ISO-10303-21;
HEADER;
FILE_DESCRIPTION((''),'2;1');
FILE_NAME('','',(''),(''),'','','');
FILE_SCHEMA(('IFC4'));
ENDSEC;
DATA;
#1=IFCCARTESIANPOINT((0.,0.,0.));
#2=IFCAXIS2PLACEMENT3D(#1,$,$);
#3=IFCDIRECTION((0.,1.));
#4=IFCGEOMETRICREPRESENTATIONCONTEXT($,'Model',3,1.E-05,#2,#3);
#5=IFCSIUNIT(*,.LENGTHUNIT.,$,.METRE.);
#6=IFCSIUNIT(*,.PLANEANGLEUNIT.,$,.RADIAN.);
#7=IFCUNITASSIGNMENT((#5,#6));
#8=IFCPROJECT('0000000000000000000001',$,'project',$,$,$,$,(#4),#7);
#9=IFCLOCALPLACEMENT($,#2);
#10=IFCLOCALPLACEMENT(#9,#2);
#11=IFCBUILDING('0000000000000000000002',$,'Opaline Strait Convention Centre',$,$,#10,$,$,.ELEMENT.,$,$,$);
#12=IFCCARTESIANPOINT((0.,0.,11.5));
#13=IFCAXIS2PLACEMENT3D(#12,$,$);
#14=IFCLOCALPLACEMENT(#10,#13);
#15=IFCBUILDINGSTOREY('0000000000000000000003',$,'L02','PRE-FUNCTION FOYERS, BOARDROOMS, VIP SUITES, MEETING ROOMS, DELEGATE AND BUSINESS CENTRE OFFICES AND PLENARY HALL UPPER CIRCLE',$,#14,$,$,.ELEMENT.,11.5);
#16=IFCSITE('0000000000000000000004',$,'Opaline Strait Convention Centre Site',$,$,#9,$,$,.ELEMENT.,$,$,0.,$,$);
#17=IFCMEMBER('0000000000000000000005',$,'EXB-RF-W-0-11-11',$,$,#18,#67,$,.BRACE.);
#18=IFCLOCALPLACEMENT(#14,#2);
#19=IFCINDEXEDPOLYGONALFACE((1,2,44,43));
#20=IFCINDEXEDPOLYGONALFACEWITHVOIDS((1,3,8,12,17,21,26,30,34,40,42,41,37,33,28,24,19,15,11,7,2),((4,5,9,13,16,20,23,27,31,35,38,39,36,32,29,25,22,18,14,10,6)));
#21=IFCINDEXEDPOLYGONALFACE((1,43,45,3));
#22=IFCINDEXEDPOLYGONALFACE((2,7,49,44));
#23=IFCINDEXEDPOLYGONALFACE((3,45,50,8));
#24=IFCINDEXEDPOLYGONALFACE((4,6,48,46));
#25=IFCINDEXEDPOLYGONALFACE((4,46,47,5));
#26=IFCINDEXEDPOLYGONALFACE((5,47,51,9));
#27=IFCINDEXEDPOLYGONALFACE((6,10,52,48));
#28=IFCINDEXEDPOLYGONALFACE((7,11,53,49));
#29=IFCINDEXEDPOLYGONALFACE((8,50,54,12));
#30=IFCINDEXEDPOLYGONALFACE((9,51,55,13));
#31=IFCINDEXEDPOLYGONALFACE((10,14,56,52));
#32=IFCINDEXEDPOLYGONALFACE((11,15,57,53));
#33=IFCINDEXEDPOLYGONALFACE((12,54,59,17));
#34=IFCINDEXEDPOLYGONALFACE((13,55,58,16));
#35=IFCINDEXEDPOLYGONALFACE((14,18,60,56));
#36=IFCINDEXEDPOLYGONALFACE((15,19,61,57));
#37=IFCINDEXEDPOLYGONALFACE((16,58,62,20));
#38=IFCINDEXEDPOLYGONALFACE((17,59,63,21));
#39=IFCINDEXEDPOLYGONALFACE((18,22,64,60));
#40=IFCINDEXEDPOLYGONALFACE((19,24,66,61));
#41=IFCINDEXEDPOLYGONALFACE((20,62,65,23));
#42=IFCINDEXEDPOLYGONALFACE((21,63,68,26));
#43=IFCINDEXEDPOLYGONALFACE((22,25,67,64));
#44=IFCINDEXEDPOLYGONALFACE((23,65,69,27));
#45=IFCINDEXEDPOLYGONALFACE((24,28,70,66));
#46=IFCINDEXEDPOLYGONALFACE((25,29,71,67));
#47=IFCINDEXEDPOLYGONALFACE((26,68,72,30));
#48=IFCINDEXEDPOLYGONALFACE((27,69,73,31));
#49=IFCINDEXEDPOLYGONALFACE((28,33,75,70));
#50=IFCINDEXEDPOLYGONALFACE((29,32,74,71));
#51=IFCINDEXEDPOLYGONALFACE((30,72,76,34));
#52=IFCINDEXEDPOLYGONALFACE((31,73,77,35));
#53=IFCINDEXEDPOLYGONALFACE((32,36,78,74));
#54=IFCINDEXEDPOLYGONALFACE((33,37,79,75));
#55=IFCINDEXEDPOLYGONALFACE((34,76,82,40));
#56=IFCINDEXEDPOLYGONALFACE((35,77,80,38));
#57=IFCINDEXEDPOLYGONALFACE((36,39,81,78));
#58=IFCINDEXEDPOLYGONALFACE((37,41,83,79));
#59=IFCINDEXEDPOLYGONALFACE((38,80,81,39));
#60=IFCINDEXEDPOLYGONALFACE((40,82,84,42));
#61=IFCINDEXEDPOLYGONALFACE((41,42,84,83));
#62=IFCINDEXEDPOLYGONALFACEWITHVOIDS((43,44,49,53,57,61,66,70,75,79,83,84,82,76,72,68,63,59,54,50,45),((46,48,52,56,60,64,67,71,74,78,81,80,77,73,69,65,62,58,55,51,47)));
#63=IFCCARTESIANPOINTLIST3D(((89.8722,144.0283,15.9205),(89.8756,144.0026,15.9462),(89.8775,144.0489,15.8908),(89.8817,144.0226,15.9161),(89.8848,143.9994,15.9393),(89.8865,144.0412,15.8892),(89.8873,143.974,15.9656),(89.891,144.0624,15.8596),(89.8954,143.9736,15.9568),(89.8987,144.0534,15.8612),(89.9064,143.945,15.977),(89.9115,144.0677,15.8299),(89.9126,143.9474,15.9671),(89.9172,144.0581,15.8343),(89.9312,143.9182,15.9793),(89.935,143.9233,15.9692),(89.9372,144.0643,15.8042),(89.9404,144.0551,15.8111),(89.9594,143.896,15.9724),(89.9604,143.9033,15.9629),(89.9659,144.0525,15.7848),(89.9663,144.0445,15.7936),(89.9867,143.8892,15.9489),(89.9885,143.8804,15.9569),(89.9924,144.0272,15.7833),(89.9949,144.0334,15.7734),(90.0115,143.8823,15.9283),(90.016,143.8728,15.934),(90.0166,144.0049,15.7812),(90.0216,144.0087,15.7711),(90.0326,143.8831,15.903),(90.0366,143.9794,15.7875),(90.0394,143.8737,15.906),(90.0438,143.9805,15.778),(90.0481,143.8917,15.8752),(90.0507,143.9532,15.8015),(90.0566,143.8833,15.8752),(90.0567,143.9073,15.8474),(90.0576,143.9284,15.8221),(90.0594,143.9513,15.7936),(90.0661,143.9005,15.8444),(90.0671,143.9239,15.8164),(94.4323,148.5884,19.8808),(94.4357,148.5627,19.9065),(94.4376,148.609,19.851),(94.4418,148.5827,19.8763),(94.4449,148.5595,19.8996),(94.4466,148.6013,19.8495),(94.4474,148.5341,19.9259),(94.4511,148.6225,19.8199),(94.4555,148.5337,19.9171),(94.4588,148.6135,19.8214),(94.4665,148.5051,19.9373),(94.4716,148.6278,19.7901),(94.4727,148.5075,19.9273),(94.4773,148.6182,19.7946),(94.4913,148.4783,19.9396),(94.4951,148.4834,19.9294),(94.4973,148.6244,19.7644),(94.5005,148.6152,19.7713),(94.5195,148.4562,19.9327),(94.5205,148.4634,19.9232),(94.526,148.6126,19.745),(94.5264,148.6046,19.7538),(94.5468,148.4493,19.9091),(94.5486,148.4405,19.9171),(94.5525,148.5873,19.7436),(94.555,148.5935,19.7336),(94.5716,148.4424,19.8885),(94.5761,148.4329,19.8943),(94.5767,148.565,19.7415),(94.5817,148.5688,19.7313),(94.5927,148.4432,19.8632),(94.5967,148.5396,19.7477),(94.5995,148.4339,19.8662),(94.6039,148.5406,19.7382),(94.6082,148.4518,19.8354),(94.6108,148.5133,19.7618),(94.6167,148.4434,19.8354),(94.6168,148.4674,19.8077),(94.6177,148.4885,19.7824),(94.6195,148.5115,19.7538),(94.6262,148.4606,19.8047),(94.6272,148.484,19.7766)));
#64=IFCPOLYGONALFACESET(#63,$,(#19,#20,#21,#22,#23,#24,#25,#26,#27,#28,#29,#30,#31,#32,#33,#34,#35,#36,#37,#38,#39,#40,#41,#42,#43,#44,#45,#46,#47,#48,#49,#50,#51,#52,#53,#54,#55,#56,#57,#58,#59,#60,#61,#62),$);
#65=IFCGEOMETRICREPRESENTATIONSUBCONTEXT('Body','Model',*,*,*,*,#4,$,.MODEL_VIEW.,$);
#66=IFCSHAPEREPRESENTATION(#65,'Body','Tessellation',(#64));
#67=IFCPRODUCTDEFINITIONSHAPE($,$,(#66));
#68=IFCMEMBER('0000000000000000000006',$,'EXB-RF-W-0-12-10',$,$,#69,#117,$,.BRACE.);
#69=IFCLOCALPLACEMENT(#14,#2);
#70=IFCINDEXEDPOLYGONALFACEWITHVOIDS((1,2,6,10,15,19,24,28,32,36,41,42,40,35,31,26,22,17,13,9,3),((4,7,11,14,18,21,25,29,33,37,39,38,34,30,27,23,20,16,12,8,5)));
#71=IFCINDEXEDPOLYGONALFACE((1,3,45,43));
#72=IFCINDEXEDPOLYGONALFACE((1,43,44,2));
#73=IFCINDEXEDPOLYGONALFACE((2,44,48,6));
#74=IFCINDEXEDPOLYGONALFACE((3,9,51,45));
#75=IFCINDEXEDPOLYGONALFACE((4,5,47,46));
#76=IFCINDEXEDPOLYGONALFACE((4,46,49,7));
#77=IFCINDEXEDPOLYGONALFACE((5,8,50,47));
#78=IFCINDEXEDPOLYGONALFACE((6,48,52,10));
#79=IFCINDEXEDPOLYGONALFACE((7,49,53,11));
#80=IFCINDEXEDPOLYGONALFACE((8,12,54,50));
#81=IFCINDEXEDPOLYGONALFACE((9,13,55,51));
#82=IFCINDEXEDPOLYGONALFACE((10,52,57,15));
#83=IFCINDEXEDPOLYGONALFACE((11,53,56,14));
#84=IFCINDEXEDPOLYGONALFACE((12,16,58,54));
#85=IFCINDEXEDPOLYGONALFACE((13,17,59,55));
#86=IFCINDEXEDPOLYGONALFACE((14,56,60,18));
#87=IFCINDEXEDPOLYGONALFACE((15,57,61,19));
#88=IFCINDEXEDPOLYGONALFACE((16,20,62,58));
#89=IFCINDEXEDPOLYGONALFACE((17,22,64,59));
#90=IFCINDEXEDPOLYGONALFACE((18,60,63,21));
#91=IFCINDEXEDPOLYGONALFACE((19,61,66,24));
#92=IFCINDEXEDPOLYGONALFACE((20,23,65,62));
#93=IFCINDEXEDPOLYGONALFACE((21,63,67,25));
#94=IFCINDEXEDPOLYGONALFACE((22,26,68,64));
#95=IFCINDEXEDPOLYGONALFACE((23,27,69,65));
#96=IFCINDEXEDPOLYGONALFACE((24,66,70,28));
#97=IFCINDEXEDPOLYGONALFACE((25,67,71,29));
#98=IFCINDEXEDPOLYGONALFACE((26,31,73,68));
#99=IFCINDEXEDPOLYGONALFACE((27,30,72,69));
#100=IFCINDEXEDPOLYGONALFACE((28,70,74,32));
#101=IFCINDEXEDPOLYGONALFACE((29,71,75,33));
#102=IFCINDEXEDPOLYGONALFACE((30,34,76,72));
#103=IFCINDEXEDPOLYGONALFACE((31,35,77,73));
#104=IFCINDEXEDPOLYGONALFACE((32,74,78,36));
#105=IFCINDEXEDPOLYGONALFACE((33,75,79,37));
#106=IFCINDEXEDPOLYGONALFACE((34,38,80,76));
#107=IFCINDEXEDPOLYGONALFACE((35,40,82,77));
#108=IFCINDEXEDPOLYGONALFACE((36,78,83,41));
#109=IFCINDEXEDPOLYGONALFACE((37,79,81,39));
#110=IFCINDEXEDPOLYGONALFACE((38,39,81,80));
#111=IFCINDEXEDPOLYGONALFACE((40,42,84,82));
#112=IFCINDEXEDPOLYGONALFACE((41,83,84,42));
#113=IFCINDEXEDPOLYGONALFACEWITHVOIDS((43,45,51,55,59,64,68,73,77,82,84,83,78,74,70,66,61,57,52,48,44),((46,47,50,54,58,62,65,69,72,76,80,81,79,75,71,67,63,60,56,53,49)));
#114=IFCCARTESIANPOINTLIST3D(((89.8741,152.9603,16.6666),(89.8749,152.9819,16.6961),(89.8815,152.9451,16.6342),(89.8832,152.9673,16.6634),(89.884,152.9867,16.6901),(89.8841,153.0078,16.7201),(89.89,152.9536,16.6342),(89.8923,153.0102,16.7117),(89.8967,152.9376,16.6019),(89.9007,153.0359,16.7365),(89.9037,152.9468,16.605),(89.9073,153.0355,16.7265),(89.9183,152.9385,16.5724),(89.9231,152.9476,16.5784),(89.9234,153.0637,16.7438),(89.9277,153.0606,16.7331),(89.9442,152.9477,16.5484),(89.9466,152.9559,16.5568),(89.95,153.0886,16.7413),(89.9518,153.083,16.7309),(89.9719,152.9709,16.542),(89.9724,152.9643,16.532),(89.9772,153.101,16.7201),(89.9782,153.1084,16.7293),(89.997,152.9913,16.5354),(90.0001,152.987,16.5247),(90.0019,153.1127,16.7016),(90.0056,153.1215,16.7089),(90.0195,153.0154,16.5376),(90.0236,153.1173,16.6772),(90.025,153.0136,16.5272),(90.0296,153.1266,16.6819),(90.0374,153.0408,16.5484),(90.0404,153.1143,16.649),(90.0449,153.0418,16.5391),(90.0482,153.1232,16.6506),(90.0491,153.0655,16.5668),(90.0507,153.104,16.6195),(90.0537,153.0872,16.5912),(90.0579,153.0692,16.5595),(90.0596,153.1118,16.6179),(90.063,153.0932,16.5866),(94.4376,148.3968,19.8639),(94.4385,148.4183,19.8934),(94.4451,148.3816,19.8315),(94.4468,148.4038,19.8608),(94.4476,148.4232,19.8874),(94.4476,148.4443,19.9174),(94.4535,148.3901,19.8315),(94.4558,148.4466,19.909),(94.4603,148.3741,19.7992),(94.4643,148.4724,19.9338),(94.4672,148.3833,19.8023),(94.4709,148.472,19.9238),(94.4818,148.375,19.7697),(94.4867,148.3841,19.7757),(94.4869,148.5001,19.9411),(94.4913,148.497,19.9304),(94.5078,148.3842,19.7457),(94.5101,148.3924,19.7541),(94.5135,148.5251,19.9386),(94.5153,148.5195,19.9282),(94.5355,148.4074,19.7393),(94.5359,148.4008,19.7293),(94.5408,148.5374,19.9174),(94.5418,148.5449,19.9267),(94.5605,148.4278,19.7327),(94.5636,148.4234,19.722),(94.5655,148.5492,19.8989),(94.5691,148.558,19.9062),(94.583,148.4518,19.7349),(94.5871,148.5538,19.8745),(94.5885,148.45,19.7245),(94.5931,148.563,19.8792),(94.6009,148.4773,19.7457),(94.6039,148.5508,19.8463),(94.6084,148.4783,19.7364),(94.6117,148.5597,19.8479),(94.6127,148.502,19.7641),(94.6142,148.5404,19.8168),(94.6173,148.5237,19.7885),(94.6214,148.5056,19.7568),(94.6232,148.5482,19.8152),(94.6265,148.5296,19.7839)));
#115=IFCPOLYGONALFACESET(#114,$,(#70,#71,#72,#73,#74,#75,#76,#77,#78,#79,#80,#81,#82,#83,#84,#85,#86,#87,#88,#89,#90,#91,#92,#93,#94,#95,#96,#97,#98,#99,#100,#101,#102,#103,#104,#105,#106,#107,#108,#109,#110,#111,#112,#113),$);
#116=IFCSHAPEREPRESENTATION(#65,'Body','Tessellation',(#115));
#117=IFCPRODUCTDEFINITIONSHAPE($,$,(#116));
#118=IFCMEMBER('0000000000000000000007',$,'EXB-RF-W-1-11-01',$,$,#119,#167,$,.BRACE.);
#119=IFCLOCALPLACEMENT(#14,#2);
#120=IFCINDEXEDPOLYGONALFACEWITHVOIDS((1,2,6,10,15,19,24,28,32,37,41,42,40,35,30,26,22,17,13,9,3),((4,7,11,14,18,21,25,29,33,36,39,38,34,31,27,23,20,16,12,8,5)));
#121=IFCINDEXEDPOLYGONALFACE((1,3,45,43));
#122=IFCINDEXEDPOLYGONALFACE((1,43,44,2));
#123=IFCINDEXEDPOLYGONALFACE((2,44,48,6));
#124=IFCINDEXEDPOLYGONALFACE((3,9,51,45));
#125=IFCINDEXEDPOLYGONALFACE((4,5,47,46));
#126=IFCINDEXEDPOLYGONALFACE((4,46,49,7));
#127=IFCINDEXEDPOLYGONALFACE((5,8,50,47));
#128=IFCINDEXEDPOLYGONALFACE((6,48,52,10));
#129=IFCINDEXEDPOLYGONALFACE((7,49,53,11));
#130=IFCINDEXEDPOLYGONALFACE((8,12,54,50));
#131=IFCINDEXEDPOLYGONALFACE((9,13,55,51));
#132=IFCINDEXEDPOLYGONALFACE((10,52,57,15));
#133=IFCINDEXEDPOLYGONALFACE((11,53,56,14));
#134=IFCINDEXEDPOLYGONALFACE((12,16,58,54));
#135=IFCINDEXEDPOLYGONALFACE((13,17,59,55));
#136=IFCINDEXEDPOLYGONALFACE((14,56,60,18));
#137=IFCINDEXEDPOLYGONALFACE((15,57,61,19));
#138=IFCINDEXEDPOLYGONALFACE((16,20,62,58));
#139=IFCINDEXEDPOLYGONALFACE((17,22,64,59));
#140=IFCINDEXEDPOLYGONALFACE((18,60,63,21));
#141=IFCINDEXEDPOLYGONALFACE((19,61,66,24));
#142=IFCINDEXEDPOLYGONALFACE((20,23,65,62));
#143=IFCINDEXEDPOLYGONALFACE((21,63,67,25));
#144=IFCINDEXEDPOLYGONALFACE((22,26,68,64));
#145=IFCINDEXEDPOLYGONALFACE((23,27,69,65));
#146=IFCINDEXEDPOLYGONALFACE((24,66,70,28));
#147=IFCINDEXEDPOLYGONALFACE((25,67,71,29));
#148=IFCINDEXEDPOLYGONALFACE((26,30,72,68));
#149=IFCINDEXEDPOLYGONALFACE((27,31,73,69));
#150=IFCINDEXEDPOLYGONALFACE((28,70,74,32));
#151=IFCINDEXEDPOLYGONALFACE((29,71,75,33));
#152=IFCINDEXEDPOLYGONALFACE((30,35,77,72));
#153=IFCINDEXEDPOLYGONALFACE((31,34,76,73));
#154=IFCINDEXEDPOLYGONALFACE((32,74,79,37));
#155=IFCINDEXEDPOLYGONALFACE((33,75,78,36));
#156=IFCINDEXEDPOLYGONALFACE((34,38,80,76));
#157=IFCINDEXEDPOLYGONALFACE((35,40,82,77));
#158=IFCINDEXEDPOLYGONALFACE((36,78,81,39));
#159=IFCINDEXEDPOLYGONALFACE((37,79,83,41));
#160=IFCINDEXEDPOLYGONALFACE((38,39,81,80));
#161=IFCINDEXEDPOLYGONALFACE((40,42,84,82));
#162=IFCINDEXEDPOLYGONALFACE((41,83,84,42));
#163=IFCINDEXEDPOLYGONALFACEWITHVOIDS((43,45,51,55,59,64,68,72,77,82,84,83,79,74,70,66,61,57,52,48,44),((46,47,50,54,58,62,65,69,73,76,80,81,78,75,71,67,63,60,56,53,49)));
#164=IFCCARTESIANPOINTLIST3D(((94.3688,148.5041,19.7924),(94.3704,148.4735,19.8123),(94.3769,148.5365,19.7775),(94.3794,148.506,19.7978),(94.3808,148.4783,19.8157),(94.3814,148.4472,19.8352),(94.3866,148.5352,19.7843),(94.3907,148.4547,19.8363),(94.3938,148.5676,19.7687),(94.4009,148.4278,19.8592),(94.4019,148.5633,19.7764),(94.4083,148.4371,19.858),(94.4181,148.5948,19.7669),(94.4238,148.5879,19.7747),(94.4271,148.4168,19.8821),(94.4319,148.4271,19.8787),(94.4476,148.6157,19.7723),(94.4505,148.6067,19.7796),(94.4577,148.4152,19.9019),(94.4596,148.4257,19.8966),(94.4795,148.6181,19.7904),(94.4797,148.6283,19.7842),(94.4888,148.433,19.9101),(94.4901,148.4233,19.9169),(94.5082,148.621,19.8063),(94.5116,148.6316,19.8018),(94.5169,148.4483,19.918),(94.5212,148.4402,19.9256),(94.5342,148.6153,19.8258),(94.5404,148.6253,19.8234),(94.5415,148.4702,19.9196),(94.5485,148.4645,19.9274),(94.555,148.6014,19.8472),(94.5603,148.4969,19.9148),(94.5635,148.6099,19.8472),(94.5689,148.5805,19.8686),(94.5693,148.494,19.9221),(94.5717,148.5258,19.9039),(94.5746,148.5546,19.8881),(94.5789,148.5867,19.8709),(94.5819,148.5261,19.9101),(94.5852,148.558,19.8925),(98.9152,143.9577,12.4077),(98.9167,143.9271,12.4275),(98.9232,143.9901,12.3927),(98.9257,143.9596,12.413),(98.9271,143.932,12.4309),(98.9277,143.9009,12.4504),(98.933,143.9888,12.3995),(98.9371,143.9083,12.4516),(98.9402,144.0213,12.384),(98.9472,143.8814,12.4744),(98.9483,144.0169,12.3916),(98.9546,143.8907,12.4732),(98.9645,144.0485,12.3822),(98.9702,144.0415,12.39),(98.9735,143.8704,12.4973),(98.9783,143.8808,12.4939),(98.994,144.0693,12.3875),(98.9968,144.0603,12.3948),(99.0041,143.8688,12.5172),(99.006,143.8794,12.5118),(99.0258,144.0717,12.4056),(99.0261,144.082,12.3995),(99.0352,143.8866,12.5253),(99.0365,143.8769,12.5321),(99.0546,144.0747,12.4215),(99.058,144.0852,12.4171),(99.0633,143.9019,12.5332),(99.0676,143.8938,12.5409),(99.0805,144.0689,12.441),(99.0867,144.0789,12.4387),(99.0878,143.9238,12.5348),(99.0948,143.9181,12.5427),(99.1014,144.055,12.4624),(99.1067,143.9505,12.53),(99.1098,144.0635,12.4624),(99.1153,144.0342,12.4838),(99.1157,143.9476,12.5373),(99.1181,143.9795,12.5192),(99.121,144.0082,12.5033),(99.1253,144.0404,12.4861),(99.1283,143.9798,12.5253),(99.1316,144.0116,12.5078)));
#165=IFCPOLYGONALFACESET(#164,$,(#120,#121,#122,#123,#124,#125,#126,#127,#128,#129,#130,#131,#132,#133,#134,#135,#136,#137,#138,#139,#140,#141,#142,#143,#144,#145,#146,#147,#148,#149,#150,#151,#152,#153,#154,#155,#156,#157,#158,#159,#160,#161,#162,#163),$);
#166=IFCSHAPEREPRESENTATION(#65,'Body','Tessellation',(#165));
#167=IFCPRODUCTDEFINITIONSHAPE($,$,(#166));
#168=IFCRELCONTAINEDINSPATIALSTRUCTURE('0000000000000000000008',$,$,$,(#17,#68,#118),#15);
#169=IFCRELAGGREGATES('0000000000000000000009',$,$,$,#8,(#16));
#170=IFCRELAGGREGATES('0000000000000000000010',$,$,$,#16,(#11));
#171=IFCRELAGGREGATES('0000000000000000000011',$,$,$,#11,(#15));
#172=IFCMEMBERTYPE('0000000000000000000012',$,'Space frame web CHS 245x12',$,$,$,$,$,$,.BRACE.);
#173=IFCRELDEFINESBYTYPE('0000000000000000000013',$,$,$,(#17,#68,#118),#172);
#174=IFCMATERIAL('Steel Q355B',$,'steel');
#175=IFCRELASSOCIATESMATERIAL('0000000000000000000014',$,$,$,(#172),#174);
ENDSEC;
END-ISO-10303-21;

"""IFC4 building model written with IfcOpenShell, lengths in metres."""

from ifc_helpers import new_model, si_unit, direction, frame, origin, origin_2d, place, context, subcontext, project, spatial, hollow_circle, extrude, material, material_profile, profile_set, type_object, element, save


model = new_model("IFC4")

# Units and contexts
model_context = context("Model", 3, precision=1e-05, world=origin(), true_north=direction((0.0, 1.0)))
body_context = subcontext(model_context, "Body", "Model", "MODEL_VIEW")
ifc_project = project(units=[si_unit("LENGTHUNIT", "METRE"), si_unit("PLANEANGLEUNIT", "RADIAN")], contexts=[model_context])

# Site, building, storey
site_placement = place(None, origin())
site = spatial("IfcSite", under=ifc_project, at=site_placement, Name="Opaline Strait Convention Centre Site", CompositionType="ELEMENT", RefElevation=0.0)
building_placement = place(site_placement, origin())
building = spatial("IfcBuilding", under=site, at=building_placement, Name="Opaline Strait Convention Centre", CompositionType="ELEMENT")
storey_placement = place(building_placement, frame((0.0, 0.0, 11.5)))
storey = spatial("IfcBuildingStorey", under=building, at=storey_placement, Name="L02", Description="PRE-FUNCTION FOYERS, BOARDROOMS, VIP SUITES, MEETING ROOMS, DELEGATE AND BUSINESS CENTRE OFFICES AND PLENARY HALL UPPER CIRCLE", CompositionType="ELEMENT", Elevation=11.5)

# Members
ifc_material_1 = material(Name="Steel Q355B", Category="steel")
ifc_material_profile_1 = material_profile(ifc_material_1, hollow_circle(Radius=0.1226, WallThickness=0.012, at=origin_2d()), Name="CHS 245x12")
ifc_profile_set_1 = profile_set([ifc_material_profile_1], Name="Steel Q355B")
member_type_1 = type_object("IfcMemberType", Name="Space frame web CHS 245x12", PredefinedType="BRACE", material=ifc_profile_set_1)
member_1_placement = place(storey_placement, frame((94.53, 148.53, 19.8354), z_axis=(-0.602561, -0.602561, -0.523297), x_axis=(0.707107, -0.707107, 0.0)))
element("IfcMember", 1, at=member_1_placement, inside=storey, type_object=member_type_1, Name="EXB-RF-W-0-11-11", PredefinedType="BRACE", context=body_context, shape_type="SweptSolid", body=[
    extrude(hollow_circle(Radius=0.1226, WallThickness=0.012, at=origin_2d()), origin(), (0.0, 0.0, 1.0), 7.5679),
])
member_2_placement = place(storey_placement, frame((94.5317, 148.4683, 19.8315), z_axis=(-0.633614, 0.633614, -0.443923), x_axis=(-0.707107, -0.707107, 0.0)))
element("IfcMember", 2, at=member_2_placement, inside=storey, type_object=member_type_1, Name="EXB-RF-W-0-12-10", PredefinedType="BRACE", context=body_context, shape_type="SweptSolid", body=[
    extrude(hollow_circle(Radius=0.1226, WallThickness=0.012, at=origin_2d()), origin(), (0.0, 0.0, 1.0), 7.2024),
])
for number, where, z_axis, x_axis, name in (
    (3, (94.4768, 148.5232, 19.8472), (0.464318, -0.464318, -0.754199), (0.707107, 0.707107, 0.0), "EXB-RF-W-1-11-01"),
):
    element("IfcMember", number, at=place(storey_placement, frame(where, z_axis=z_axis, x_axis=x_axis)), inside=storey, type_object=member_type_1, Name=name, PredefinedType="BRACE", context=body_context, shape_type="SweptSolid", body=[
        extrude(hollow_circle(Radius=0.1226, WallThickness=0.012, at=origin_2d()), origin(), (0.0, 0.0, 1.0), 9.7915),
    ])

save(model, "model.ifc")
